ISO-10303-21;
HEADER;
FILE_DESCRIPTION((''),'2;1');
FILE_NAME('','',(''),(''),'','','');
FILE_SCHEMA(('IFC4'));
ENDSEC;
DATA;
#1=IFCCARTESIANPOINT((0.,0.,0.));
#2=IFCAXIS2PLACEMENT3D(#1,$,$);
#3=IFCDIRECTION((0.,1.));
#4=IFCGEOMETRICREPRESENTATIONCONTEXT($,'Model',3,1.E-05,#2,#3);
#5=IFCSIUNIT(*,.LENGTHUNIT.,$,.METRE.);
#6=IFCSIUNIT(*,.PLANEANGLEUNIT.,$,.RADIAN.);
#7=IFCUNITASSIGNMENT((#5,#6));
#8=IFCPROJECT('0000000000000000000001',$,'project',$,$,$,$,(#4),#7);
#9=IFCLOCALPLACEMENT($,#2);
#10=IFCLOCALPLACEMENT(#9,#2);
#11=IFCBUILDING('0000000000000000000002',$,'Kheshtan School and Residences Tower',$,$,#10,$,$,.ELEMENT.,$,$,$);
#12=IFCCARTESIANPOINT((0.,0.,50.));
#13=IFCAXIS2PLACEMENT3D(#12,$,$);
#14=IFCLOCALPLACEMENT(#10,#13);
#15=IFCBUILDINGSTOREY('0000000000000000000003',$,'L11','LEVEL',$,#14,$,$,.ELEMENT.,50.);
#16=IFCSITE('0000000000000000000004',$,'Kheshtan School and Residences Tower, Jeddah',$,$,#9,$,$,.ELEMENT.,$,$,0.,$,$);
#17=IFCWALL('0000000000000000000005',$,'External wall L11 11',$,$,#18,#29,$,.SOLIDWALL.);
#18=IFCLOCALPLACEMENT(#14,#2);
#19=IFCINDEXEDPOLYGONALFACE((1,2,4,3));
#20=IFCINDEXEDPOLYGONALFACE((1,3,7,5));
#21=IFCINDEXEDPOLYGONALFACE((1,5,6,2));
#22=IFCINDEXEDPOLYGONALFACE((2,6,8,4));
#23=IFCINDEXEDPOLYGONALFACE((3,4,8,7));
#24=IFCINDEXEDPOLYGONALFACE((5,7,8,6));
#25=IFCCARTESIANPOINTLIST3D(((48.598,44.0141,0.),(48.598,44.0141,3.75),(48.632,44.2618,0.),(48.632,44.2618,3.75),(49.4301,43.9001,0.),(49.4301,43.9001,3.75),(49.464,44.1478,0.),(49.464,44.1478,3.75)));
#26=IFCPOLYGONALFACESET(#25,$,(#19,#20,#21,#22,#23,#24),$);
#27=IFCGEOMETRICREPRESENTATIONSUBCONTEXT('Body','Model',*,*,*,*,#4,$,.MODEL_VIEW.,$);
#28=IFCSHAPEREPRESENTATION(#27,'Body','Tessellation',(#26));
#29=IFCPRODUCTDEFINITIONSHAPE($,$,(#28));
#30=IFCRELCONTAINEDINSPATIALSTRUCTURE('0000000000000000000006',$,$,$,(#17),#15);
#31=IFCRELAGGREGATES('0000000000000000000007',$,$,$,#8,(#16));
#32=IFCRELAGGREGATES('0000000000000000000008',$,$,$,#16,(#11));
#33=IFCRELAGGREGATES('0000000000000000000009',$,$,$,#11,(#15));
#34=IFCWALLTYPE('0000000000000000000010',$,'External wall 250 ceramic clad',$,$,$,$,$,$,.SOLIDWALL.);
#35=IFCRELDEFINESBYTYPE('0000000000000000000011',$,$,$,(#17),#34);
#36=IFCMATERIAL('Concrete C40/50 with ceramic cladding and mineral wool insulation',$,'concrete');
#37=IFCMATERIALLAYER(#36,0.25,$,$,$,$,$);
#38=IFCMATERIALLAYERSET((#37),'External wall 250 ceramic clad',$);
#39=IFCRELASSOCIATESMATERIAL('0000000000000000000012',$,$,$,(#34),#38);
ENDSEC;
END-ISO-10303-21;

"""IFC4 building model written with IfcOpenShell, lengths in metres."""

from ifc_helpers import new_model, si_unit, direction, frame, frame_2d, origin, place, context, subcontext, project, spatial, rectangle, extrude, material, layer, layer_set, type_object, element, save


model = new_model("IFC4")

# Units and contexts
model_context = context("Model", 3, precision=1e-05, world=origin(), true_north=direction((0.0, 1.0)))
body_context = subcontext(model_context, "Body", "Model", "MODEL_VIEW")
ifc_project = project(units=[si_unit("LENGTHUNIT", "METRE"), si_unit("PLANEANGLEUNIT", "RADIAN")], contexts=[model_context])

# Site, building, storey
site_placement = place(None, origin())
site = spatial("IfcSite", under=ifc_project, at=site_placement, Name="Kheshtan School and Residences Tower, Jeddah", CompositionType="ELEMENT", RefElevation=0.0)
building_placement = place(site_placement, origin())
building = spatial("IfcBuilding", under=site, at=building_placement, Name="Kheshtan School and Residences Tower", CompositionType="ELEMENT")
storey_placement = place(building_placement, frame((0.0, 0.0, 50.0)))
storey = spatial("IfcBuildingStorey", under=building, at=storey_placement, Name="L11", Description="LEVEL", CompositionType="ELEMENT", Elevation=50.0)

# Wall
ifc_material_1 = material(Name="Concrete C40/50 with ceramic cladding and mineral wool insulation", Category="concrete")
ifc_layer = layer(ifc_material_1, 0.25)
ifc_layer_set = layer_set([ifc_layer], Name="External wall 250 ceramic clad")
wall_type = type_object("IfcWallType", Name="External wall 250 ceramic clad", PredefinedType="SOLIDWALL", material=ifc_layer_set)
wall_placement = place(storey_placement, frame((48.615, 44.1379, 0.0), z_axis=(0.0, 0.0, 1.0), x_axis=(0.990742, -0.135762, 0.0)))
element("IfcWall", 1, at=wall_placement, inside=storey, type_object=wall_type, Name="External wall L11 11", PredefinedType="SOLIDWALL", context=body_context, shape_type="SweptSolid", body=[
    extrude(rectangle(XDim=0.8398, YDim=0.25, at=frame_2d((0.4199, 0.0))), origin(), (0.0, 0.0, 1.0), 3.75),
])

save(model, "model.ifc")
